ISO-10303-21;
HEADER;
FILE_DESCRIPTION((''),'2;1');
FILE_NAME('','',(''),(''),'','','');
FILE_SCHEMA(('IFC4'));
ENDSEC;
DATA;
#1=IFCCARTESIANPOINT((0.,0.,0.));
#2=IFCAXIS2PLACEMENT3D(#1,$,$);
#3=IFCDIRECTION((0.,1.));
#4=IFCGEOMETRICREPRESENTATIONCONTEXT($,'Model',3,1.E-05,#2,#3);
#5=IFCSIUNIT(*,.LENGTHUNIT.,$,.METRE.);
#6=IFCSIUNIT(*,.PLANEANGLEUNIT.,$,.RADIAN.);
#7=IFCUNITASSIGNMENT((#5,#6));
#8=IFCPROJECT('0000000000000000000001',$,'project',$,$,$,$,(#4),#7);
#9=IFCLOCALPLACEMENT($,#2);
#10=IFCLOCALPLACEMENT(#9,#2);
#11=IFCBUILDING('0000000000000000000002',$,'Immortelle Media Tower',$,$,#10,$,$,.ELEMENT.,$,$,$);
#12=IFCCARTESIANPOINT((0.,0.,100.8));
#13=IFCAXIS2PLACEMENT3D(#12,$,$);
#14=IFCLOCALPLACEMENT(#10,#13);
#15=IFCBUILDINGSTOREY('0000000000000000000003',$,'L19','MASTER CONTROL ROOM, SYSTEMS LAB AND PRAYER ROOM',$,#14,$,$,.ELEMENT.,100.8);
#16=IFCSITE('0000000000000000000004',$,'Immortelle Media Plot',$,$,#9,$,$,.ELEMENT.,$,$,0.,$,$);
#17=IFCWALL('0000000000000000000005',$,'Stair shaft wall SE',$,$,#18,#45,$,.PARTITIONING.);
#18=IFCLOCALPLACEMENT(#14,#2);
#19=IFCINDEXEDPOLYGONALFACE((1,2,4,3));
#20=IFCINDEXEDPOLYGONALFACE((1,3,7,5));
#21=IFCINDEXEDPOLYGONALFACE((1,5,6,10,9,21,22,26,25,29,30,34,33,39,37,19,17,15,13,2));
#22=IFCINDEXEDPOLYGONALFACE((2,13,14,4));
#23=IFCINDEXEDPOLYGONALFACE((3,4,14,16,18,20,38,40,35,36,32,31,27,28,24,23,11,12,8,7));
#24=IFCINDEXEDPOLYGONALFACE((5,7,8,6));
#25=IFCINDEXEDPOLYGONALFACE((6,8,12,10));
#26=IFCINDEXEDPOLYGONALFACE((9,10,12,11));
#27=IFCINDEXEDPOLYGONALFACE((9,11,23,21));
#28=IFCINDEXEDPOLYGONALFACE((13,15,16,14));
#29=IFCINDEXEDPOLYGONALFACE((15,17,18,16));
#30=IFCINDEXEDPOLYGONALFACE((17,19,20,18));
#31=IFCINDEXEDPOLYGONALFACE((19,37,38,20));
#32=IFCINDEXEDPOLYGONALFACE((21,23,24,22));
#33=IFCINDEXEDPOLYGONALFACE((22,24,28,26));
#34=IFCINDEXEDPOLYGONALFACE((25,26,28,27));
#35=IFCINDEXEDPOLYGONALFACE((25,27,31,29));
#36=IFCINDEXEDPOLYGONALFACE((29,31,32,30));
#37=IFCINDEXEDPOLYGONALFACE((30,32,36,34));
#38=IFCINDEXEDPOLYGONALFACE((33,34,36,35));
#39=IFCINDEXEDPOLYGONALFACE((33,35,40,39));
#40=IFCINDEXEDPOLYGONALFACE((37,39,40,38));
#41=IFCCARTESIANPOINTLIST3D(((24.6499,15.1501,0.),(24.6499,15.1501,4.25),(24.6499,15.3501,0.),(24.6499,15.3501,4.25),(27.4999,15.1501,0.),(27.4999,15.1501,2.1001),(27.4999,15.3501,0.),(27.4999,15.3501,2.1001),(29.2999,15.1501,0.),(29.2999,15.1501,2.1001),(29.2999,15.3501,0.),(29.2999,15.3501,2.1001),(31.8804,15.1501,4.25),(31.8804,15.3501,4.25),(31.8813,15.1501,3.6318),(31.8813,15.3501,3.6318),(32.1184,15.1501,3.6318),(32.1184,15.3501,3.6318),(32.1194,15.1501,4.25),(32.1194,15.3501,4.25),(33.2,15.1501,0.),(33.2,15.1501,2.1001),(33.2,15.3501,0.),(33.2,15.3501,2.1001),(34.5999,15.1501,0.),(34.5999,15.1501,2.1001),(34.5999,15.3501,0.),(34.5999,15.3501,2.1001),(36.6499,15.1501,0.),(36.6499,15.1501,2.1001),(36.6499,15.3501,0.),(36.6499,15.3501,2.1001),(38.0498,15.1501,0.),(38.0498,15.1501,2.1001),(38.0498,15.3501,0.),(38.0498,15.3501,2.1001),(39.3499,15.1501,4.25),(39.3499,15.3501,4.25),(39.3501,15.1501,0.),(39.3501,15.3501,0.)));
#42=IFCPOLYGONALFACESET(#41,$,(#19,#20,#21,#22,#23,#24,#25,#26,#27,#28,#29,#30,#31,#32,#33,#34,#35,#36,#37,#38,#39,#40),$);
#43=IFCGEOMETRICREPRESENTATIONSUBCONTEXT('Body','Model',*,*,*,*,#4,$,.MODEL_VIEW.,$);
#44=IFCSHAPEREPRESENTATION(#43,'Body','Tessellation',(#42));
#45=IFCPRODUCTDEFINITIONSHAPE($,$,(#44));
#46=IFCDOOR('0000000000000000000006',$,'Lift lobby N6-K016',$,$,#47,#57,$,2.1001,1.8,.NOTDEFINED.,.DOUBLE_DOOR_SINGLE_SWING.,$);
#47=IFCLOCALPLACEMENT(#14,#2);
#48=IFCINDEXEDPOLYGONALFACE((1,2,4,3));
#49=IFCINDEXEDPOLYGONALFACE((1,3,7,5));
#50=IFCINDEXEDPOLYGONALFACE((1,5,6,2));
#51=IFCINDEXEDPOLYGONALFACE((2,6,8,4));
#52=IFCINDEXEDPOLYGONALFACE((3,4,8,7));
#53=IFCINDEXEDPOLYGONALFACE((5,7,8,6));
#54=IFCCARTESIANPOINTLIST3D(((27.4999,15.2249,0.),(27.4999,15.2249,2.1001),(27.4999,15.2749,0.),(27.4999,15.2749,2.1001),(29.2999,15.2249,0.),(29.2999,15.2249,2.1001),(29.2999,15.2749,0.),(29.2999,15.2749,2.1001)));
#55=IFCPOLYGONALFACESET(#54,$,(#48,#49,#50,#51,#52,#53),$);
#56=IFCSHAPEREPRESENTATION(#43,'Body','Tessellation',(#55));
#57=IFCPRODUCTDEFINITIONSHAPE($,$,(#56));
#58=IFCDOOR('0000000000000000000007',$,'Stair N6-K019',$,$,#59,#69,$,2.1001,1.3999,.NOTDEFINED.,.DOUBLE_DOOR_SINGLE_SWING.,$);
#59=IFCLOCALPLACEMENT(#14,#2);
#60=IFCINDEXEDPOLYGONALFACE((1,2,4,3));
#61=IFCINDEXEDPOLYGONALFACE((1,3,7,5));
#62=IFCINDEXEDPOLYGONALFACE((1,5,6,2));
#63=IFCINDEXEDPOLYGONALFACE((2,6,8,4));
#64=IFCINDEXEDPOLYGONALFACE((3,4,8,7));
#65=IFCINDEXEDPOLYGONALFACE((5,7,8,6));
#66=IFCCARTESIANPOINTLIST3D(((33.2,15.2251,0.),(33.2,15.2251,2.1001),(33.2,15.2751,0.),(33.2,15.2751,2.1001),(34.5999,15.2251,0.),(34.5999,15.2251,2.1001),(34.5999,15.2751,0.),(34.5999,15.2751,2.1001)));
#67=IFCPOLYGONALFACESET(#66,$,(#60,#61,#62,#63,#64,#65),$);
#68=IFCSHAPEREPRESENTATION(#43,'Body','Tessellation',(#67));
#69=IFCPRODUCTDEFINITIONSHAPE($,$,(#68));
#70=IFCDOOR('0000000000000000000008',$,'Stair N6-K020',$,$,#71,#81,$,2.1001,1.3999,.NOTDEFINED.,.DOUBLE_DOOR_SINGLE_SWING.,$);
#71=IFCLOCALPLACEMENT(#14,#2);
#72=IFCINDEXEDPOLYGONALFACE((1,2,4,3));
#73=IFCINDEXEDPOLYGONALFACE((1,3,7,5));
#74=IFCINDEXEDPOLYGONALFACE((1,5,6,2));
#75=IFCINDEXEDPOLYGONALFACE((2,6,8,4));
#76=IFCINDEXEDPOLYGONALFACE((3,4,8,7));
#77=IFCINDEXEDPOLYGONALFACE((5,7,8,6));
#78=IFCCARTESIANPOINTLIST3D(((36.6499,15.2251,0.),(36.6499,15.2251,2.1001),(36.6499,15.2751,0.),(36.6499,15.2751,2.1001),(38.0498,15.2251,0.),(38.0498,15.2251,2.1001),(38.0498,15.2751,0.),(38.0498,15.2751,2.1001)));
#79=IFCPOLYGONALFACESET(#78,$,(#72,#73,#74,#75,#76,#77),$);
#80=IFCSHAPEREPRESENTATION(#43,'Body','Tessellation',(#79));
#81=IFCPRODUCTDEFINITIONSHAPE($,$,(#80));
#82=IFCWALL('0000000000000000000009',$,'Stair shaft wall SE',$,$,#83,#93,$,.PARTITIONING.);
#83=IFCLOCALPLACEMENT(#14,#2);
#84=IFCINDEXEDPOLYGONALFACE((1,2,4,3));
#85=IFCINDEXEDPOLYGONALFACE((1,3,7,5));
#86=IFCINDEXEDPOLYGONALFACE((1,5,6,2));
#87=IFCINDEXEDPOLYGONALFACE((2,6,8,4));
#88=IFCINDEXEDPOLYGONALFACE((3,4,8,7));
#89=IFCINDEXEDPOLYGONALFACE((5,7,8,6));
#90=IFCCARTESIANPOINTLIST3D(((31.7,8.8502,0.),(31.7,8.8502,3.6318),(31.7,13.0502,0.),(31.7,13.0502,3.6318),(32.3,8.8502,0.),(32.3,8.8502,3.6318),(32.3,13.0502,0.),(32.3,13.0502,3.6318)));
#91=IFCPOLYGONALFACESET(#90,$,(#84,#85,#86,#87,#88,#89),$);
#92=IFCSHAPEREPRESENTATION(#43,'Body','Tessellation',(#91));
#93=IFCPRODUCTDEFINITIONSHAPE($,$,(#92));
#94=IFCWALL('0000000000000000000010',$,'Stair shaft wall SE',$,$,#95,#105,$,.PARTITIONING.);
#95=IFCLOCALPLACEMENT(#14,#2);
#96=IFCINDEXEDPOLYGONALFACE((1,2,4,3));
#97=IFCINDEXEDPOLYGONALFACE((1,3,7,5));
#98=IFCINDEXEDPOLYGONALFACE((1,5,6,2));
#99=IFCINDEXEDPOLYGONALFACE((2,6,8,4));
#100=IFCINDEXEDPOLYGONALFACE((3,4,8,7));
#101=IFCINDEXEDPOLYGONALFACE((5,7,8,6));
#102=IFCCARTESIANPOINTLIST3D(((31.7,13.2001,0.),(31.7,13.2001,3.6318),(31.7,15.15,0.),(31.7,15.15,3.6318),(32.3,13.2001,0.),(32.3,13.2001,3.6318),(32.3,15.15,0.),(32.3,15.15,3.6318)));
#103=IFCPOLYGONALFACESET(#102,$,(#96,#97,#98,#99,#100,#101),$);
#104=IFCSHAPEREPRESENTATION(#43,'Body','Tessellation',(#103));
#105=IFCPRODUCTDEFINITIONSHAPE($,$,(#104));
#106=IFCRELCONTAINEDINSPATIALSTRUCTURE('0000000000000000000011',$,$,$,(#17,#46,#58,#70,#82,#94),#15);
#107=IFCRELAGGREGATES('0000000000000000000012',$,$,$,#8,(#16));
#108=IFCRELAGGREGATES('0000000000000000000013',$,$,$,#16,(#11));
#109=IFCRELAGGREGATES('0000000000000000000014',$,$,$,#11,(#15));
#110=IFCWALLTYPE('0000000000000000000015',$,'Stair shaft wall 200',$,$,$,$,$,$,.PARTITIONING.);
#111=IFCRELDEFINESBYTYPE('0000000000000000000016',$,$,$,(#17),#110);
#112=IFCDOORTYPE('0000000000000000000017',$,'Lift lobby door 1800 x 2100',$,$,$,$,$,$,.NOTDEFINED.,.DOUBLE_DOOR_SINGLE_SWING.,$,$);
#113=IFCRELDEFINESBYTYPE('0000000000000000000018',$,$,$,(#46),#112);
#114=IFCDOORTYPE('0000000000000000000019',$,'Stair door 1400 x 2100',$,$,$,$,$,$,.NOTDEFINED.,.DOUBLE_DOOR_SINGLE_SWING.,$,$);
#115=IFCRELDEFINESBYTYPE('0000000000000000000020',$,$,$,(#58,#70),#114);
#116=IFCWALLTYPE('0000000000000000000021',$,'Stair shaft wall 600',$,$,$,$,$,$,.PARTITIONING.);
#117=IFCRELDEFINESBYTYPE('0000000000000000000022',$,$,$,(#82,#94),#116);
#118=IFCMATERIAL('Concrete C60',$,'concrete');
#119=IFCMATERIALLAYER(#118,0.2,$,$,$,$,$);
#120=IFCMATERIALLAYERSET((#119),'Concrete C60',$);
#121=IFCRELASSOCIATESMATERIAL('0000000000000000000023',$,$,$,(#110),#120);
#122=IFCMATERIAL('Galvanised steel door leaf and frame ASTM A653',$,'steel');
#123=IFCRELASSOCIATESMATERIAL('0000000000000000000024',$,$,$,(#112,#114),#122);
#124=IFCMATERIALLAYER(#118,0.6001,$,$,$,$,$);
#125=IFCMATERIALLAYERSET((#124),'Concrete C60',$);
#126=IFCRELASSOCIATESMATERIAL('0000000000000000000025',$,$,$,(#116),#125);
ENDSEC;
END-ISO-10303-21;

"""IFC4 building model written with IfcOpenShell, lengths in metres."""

from ifc_helpers import new_model, si_unit, direction, frame, frame_2d, origin, place, context, subcontext, project, spatial, polyline, rectangle, outline, extrude, material, layer, layer_set, type_object, element, fill, save


model = new_model("IFC4")

# Units and contexts
model_context = context("Model", 3, precision=1e-05, world=origin(), true_north=direction((0.0, 1.0)))
body_context = subcontext(model_context, "Body", "Model", "MODEL_VIEW")
ifc_project = project(units=[si_unit("LENGTHUNIT", "METRE"), si_unit("PLANEANGLEUNIT", "RADIAN")], contexts=[model_context])

# Site, building, storey
site_placement = place(None, origin())
site = spatial("IfcSite", under=ifc_project, at=site_placement, Name="Immortelle Media Plot", CompositionType="ELEMENT", RefElevation=0.0)
building_placement = place(site_placement, origin())
building = spatial("IfcBuilding", under=site, at=building_placement, Name="Immortelle Media Tower", CompositionType="ELEMENT")
storey_placement = place(building_placement, frame((0.0, 0.0, 100.8)))
storey = spatial("IfcBuildingStorey", under=building, at=storey_placement, Name="L19", Description="MASTER CONTROL ROOM, SYSTEMS LAB AND PRAYER ROOM", CompositionType="ELEMENT", Elevation=100.8)

# Shared definitions
ifc_material_1 = material(Name="Galvanised steel door leaf and frame ASTM A653", Category="steel")

# Wall, openings, doors
ifc_material_2 = material(Name="Concrete C60", Category="concrete")
ifc_layer_1 = layer(ifc_material_2, 0.2)
ifc_layer_set_1 = layer_set([ifc_layer_1], Name="Concrete C60")
wall_type_1 = type_object("IfcWallType", Name="Stair shaft wall 200", PredefinedType="PARTITIONING", material=ifc_layer_set_1)
wall_1_placement = place(storey_placement, frame((24.6499, 15.25, 0.0), z_axis=(0.0, 0.0, 1.0), x_axis=(1.0, 0.0, 0.0)))
wall_1 = element("IfcWall", 1, at=wall_1_placement, inside=storey, type_object=wall_type_1, Name="Stair shaft wall SE", PredefinedType="PARTITIONING", context=body_context, shape_type="SweptSolid", body=[
    extrude(outline(polyline([(0.0, 0.0), (14.7002, 0.0), (14.7, 4.25), (7.4695, 4.25), (7.4685, 3.6318), (7.2314, 3.6318), (7.2305, 4.25), (0.0, 4.25), (0.0, 0.0)])), frame((0.0, 0.1001, 0.0), z_axis=(0.0, -1.0, 0.0), x_axis=(1.0, 0.0, 0.0)), (0.0, 0.0, 1.0), 0.2),
])
opening_1_placement = place(wall_1_placement, frame((2.8501, 0.0, 0.0)))
opening_1 = element("IfcOpeningElement", 2, at=opening_1_placement, cuts=wall_1, PredefinedType="OPENING", context=body_context, shape_type="SweptSolid", body=[
    extrude(rectangle(XDim=1.8, YDim=2.1001, at=frame_2d((0.8999, 1.05))), frame((0.0, 0.1099, 0.0), z_axis=(0.0, -1.0, 0.0), x_axis=(1.0, 0.0, 0.0)), (0.0, 0.0, 1.0), 0.22),
])
opening_2_placement = place(wall_1_placement, frame((9.95, 0.0, 0.0), z_axis=(0.0, 0.0, 1.0), x_axis=(-1.0, 0.0, 0.0)))
opening_2 = element("IfcOpeningElement", 3, at=opening_2_placement, cuts=wall_1, PredefinedType="OPENING", context=body_context, shape_type="SweptSolid", body=[
    extrude(rectangle(XDim=1.3999, YDim=2.1001, at=frame_2d((0.7, 1.05))), frame((0.0, 0.1099, 0.0), z_axis=(0.0, -1.0, 0.0), x_axis=(1.0, 0.0, 0.0)), (0.0, 0.0, 1.0), 0.22),
])
opening_3_placement = place(wall_1_placement, frame((13.3999, 0.0, 0.0), z_axis=(0.0, 0.0, 1.0), x_axis=(-1.0, 0.0, 0.0)))
opening_3 = element("IfcOpeningElement", 4, at=opening_3_placement, cuts=wall_1, PredefinedType="OPENING", context=body_context, shape_type="SweptSolid", body=[
    extrude(rectangle(XDim=1.3999, YDim=2.1001, at=frame_2d((0.7, 1.05))), frame((0.0, 0.1099, 0.0), z_axis=(0.0, -1.0, 0.0), x_axis=(1.0, 0.0, 0.0)), (0.0, 0.0, 1.0), 0.22),
])
door_type_1 = type_object("IfcDoorType", Name="Lift lobby door 1800 x 2100", OperationType="DOUBLE_DOOR_SINGLE_SWING", PredefinedType="NOTDEFINED", material=ifc_material_1)
door_1_placement = place(opening_1_placement, origin())
door_1 = element("IfcDoor", 5, at=door_1_placement, inside=storey, type_object=door_type_1, Name="Lift lobby N6-K016", OperationType="DOUBLE_DOOR_SINGLE_SWING", OverallHeight=2.1001, OverallWidth=1.8, PredefinedType="NOTDEFINED", context=body_context, shape_type="SweptSolid", body=[
    extrude(rectangle(XDim=1.8, YDim=2.1001, at=frame_2d((0.8999, 1.05))), frame((0.0, 0.0249, 0.0), z_axis=(0.0, -1.0, 0.0), x_axis=(1.0, 0.0, 0.0)), (0.0, 0.0, 1.0), 0.05),
])
fill(opening_1, door_1)
door_type_2 = type_object("IfcDoorType", Name="Stair door 1400 x 2100", OperationType="DOUBLE_DOOR_SINGLE_SWING", PredefinedType="NOTDEFINED", material=ifc_material_1)
door_2_placement = place(opening_2_placement, origin())
door_2 = element("IfcDoor", 6, at=door_2_placement, inside=storey, type_object=door_type_2, Name="Stair N6-K019", OperationType="DOUBLE_DOOR_SINGLE_SWING", OverallHeight=2.1001, OverallWidth=1.3999, PredefinedType="NOTDEFINED", context=body_context, shape_type="SweptSolid", body=[
    extrude(rectangle(XDim=1.3999, YDim=2.1001, at=frame_2d((0.7, 1.05))), frame((0.0, 0.0249, 0.0), z_axis=(0.0, -1.0, 0.0), x_axis=(1.0, 0.0, 0.0)), (0.0, 0.0, 1.0), 0.05),
])
fill(opening_2, door_2)
door_3_placement = place(opening_3_placement, origin())
door_3 = element("IfcDoor", 7, at=door_3_placement, inside=storey, type_object=door_type_2, Name="Stair N6-K020", OperationType="DOUBLE_DOOR_SINGLE_SWING", OverallHeight=2.1001, OverallWidth=1.3999, PredefinedType="NOTDEFINED", context=body_context, shape_type="SweptSolid", body=[
    extrude(rectangle(XDim=1.3999, YDim=2.1001, at=frame_2d((0.7, 1.05))), frame((0.0, 0.0249, 0.0), z_axis=(0.0, -1.0, 0.0), x_axis=(1.0, 0.0, 0.0)), (0.0, 0.0, 1.0), 0.05),
])
fill(opening_3, door_3)

# Walls
ifc_layer_2 = layer(ifc_material_2, 0.6001)
ifc_layer_set_2 = layer_set([ifc_layer_2], Name="Concrete C60")
wall_type_2 = type_object("IfcWallType", Name="Stair shaft wall 600", PredefinedType="PARTITIONING", material=ifc_layer_set_2)
wall_2_placement = place(storey_placement, frame((32.0, 8.8501, 0.0), z_axis=(0.0, 0.0, 1.0), x_axis=(0.0, 1.0, 0.0)))
element("IfcWall", 8, at=wall_2_placement, inside=storey, type_object=wall_type_2, Name="Stair shaft wall SE", PredefinedType="PARTITIONING", context=body_context, shape_type="SweptSolid", body=[
    extrude(rectangle(XDim=4.2, YDim=0.6001, at=frame_2d((2.1001, 0.0))), origin(), (0.0, 0.0, 1.0), 3.6318),
])
wall_3_placement = place(storey_placement, frame((32.0, 13.2, 0.0), z_axis=(0.0, 0.0, 1.0), x_axis=(0.0, 1.0, 0.0)))
element("IfcWall", 9, at=wall_3_placement, inside=storey, type_object=wall_type_2, Name="Stair shaft wall SE", PredefinedType="PARTITIONING", context=body_context, shape_type="SweptSolid", body=[
    extrude(rectangle(XDim=1.95, YDim=0.6001, at=frame_2d((0.9751, 0.0))), origin(), (0.0, 0.0, 1.0), 3.6318),
])

save(model, "model.ifc")
